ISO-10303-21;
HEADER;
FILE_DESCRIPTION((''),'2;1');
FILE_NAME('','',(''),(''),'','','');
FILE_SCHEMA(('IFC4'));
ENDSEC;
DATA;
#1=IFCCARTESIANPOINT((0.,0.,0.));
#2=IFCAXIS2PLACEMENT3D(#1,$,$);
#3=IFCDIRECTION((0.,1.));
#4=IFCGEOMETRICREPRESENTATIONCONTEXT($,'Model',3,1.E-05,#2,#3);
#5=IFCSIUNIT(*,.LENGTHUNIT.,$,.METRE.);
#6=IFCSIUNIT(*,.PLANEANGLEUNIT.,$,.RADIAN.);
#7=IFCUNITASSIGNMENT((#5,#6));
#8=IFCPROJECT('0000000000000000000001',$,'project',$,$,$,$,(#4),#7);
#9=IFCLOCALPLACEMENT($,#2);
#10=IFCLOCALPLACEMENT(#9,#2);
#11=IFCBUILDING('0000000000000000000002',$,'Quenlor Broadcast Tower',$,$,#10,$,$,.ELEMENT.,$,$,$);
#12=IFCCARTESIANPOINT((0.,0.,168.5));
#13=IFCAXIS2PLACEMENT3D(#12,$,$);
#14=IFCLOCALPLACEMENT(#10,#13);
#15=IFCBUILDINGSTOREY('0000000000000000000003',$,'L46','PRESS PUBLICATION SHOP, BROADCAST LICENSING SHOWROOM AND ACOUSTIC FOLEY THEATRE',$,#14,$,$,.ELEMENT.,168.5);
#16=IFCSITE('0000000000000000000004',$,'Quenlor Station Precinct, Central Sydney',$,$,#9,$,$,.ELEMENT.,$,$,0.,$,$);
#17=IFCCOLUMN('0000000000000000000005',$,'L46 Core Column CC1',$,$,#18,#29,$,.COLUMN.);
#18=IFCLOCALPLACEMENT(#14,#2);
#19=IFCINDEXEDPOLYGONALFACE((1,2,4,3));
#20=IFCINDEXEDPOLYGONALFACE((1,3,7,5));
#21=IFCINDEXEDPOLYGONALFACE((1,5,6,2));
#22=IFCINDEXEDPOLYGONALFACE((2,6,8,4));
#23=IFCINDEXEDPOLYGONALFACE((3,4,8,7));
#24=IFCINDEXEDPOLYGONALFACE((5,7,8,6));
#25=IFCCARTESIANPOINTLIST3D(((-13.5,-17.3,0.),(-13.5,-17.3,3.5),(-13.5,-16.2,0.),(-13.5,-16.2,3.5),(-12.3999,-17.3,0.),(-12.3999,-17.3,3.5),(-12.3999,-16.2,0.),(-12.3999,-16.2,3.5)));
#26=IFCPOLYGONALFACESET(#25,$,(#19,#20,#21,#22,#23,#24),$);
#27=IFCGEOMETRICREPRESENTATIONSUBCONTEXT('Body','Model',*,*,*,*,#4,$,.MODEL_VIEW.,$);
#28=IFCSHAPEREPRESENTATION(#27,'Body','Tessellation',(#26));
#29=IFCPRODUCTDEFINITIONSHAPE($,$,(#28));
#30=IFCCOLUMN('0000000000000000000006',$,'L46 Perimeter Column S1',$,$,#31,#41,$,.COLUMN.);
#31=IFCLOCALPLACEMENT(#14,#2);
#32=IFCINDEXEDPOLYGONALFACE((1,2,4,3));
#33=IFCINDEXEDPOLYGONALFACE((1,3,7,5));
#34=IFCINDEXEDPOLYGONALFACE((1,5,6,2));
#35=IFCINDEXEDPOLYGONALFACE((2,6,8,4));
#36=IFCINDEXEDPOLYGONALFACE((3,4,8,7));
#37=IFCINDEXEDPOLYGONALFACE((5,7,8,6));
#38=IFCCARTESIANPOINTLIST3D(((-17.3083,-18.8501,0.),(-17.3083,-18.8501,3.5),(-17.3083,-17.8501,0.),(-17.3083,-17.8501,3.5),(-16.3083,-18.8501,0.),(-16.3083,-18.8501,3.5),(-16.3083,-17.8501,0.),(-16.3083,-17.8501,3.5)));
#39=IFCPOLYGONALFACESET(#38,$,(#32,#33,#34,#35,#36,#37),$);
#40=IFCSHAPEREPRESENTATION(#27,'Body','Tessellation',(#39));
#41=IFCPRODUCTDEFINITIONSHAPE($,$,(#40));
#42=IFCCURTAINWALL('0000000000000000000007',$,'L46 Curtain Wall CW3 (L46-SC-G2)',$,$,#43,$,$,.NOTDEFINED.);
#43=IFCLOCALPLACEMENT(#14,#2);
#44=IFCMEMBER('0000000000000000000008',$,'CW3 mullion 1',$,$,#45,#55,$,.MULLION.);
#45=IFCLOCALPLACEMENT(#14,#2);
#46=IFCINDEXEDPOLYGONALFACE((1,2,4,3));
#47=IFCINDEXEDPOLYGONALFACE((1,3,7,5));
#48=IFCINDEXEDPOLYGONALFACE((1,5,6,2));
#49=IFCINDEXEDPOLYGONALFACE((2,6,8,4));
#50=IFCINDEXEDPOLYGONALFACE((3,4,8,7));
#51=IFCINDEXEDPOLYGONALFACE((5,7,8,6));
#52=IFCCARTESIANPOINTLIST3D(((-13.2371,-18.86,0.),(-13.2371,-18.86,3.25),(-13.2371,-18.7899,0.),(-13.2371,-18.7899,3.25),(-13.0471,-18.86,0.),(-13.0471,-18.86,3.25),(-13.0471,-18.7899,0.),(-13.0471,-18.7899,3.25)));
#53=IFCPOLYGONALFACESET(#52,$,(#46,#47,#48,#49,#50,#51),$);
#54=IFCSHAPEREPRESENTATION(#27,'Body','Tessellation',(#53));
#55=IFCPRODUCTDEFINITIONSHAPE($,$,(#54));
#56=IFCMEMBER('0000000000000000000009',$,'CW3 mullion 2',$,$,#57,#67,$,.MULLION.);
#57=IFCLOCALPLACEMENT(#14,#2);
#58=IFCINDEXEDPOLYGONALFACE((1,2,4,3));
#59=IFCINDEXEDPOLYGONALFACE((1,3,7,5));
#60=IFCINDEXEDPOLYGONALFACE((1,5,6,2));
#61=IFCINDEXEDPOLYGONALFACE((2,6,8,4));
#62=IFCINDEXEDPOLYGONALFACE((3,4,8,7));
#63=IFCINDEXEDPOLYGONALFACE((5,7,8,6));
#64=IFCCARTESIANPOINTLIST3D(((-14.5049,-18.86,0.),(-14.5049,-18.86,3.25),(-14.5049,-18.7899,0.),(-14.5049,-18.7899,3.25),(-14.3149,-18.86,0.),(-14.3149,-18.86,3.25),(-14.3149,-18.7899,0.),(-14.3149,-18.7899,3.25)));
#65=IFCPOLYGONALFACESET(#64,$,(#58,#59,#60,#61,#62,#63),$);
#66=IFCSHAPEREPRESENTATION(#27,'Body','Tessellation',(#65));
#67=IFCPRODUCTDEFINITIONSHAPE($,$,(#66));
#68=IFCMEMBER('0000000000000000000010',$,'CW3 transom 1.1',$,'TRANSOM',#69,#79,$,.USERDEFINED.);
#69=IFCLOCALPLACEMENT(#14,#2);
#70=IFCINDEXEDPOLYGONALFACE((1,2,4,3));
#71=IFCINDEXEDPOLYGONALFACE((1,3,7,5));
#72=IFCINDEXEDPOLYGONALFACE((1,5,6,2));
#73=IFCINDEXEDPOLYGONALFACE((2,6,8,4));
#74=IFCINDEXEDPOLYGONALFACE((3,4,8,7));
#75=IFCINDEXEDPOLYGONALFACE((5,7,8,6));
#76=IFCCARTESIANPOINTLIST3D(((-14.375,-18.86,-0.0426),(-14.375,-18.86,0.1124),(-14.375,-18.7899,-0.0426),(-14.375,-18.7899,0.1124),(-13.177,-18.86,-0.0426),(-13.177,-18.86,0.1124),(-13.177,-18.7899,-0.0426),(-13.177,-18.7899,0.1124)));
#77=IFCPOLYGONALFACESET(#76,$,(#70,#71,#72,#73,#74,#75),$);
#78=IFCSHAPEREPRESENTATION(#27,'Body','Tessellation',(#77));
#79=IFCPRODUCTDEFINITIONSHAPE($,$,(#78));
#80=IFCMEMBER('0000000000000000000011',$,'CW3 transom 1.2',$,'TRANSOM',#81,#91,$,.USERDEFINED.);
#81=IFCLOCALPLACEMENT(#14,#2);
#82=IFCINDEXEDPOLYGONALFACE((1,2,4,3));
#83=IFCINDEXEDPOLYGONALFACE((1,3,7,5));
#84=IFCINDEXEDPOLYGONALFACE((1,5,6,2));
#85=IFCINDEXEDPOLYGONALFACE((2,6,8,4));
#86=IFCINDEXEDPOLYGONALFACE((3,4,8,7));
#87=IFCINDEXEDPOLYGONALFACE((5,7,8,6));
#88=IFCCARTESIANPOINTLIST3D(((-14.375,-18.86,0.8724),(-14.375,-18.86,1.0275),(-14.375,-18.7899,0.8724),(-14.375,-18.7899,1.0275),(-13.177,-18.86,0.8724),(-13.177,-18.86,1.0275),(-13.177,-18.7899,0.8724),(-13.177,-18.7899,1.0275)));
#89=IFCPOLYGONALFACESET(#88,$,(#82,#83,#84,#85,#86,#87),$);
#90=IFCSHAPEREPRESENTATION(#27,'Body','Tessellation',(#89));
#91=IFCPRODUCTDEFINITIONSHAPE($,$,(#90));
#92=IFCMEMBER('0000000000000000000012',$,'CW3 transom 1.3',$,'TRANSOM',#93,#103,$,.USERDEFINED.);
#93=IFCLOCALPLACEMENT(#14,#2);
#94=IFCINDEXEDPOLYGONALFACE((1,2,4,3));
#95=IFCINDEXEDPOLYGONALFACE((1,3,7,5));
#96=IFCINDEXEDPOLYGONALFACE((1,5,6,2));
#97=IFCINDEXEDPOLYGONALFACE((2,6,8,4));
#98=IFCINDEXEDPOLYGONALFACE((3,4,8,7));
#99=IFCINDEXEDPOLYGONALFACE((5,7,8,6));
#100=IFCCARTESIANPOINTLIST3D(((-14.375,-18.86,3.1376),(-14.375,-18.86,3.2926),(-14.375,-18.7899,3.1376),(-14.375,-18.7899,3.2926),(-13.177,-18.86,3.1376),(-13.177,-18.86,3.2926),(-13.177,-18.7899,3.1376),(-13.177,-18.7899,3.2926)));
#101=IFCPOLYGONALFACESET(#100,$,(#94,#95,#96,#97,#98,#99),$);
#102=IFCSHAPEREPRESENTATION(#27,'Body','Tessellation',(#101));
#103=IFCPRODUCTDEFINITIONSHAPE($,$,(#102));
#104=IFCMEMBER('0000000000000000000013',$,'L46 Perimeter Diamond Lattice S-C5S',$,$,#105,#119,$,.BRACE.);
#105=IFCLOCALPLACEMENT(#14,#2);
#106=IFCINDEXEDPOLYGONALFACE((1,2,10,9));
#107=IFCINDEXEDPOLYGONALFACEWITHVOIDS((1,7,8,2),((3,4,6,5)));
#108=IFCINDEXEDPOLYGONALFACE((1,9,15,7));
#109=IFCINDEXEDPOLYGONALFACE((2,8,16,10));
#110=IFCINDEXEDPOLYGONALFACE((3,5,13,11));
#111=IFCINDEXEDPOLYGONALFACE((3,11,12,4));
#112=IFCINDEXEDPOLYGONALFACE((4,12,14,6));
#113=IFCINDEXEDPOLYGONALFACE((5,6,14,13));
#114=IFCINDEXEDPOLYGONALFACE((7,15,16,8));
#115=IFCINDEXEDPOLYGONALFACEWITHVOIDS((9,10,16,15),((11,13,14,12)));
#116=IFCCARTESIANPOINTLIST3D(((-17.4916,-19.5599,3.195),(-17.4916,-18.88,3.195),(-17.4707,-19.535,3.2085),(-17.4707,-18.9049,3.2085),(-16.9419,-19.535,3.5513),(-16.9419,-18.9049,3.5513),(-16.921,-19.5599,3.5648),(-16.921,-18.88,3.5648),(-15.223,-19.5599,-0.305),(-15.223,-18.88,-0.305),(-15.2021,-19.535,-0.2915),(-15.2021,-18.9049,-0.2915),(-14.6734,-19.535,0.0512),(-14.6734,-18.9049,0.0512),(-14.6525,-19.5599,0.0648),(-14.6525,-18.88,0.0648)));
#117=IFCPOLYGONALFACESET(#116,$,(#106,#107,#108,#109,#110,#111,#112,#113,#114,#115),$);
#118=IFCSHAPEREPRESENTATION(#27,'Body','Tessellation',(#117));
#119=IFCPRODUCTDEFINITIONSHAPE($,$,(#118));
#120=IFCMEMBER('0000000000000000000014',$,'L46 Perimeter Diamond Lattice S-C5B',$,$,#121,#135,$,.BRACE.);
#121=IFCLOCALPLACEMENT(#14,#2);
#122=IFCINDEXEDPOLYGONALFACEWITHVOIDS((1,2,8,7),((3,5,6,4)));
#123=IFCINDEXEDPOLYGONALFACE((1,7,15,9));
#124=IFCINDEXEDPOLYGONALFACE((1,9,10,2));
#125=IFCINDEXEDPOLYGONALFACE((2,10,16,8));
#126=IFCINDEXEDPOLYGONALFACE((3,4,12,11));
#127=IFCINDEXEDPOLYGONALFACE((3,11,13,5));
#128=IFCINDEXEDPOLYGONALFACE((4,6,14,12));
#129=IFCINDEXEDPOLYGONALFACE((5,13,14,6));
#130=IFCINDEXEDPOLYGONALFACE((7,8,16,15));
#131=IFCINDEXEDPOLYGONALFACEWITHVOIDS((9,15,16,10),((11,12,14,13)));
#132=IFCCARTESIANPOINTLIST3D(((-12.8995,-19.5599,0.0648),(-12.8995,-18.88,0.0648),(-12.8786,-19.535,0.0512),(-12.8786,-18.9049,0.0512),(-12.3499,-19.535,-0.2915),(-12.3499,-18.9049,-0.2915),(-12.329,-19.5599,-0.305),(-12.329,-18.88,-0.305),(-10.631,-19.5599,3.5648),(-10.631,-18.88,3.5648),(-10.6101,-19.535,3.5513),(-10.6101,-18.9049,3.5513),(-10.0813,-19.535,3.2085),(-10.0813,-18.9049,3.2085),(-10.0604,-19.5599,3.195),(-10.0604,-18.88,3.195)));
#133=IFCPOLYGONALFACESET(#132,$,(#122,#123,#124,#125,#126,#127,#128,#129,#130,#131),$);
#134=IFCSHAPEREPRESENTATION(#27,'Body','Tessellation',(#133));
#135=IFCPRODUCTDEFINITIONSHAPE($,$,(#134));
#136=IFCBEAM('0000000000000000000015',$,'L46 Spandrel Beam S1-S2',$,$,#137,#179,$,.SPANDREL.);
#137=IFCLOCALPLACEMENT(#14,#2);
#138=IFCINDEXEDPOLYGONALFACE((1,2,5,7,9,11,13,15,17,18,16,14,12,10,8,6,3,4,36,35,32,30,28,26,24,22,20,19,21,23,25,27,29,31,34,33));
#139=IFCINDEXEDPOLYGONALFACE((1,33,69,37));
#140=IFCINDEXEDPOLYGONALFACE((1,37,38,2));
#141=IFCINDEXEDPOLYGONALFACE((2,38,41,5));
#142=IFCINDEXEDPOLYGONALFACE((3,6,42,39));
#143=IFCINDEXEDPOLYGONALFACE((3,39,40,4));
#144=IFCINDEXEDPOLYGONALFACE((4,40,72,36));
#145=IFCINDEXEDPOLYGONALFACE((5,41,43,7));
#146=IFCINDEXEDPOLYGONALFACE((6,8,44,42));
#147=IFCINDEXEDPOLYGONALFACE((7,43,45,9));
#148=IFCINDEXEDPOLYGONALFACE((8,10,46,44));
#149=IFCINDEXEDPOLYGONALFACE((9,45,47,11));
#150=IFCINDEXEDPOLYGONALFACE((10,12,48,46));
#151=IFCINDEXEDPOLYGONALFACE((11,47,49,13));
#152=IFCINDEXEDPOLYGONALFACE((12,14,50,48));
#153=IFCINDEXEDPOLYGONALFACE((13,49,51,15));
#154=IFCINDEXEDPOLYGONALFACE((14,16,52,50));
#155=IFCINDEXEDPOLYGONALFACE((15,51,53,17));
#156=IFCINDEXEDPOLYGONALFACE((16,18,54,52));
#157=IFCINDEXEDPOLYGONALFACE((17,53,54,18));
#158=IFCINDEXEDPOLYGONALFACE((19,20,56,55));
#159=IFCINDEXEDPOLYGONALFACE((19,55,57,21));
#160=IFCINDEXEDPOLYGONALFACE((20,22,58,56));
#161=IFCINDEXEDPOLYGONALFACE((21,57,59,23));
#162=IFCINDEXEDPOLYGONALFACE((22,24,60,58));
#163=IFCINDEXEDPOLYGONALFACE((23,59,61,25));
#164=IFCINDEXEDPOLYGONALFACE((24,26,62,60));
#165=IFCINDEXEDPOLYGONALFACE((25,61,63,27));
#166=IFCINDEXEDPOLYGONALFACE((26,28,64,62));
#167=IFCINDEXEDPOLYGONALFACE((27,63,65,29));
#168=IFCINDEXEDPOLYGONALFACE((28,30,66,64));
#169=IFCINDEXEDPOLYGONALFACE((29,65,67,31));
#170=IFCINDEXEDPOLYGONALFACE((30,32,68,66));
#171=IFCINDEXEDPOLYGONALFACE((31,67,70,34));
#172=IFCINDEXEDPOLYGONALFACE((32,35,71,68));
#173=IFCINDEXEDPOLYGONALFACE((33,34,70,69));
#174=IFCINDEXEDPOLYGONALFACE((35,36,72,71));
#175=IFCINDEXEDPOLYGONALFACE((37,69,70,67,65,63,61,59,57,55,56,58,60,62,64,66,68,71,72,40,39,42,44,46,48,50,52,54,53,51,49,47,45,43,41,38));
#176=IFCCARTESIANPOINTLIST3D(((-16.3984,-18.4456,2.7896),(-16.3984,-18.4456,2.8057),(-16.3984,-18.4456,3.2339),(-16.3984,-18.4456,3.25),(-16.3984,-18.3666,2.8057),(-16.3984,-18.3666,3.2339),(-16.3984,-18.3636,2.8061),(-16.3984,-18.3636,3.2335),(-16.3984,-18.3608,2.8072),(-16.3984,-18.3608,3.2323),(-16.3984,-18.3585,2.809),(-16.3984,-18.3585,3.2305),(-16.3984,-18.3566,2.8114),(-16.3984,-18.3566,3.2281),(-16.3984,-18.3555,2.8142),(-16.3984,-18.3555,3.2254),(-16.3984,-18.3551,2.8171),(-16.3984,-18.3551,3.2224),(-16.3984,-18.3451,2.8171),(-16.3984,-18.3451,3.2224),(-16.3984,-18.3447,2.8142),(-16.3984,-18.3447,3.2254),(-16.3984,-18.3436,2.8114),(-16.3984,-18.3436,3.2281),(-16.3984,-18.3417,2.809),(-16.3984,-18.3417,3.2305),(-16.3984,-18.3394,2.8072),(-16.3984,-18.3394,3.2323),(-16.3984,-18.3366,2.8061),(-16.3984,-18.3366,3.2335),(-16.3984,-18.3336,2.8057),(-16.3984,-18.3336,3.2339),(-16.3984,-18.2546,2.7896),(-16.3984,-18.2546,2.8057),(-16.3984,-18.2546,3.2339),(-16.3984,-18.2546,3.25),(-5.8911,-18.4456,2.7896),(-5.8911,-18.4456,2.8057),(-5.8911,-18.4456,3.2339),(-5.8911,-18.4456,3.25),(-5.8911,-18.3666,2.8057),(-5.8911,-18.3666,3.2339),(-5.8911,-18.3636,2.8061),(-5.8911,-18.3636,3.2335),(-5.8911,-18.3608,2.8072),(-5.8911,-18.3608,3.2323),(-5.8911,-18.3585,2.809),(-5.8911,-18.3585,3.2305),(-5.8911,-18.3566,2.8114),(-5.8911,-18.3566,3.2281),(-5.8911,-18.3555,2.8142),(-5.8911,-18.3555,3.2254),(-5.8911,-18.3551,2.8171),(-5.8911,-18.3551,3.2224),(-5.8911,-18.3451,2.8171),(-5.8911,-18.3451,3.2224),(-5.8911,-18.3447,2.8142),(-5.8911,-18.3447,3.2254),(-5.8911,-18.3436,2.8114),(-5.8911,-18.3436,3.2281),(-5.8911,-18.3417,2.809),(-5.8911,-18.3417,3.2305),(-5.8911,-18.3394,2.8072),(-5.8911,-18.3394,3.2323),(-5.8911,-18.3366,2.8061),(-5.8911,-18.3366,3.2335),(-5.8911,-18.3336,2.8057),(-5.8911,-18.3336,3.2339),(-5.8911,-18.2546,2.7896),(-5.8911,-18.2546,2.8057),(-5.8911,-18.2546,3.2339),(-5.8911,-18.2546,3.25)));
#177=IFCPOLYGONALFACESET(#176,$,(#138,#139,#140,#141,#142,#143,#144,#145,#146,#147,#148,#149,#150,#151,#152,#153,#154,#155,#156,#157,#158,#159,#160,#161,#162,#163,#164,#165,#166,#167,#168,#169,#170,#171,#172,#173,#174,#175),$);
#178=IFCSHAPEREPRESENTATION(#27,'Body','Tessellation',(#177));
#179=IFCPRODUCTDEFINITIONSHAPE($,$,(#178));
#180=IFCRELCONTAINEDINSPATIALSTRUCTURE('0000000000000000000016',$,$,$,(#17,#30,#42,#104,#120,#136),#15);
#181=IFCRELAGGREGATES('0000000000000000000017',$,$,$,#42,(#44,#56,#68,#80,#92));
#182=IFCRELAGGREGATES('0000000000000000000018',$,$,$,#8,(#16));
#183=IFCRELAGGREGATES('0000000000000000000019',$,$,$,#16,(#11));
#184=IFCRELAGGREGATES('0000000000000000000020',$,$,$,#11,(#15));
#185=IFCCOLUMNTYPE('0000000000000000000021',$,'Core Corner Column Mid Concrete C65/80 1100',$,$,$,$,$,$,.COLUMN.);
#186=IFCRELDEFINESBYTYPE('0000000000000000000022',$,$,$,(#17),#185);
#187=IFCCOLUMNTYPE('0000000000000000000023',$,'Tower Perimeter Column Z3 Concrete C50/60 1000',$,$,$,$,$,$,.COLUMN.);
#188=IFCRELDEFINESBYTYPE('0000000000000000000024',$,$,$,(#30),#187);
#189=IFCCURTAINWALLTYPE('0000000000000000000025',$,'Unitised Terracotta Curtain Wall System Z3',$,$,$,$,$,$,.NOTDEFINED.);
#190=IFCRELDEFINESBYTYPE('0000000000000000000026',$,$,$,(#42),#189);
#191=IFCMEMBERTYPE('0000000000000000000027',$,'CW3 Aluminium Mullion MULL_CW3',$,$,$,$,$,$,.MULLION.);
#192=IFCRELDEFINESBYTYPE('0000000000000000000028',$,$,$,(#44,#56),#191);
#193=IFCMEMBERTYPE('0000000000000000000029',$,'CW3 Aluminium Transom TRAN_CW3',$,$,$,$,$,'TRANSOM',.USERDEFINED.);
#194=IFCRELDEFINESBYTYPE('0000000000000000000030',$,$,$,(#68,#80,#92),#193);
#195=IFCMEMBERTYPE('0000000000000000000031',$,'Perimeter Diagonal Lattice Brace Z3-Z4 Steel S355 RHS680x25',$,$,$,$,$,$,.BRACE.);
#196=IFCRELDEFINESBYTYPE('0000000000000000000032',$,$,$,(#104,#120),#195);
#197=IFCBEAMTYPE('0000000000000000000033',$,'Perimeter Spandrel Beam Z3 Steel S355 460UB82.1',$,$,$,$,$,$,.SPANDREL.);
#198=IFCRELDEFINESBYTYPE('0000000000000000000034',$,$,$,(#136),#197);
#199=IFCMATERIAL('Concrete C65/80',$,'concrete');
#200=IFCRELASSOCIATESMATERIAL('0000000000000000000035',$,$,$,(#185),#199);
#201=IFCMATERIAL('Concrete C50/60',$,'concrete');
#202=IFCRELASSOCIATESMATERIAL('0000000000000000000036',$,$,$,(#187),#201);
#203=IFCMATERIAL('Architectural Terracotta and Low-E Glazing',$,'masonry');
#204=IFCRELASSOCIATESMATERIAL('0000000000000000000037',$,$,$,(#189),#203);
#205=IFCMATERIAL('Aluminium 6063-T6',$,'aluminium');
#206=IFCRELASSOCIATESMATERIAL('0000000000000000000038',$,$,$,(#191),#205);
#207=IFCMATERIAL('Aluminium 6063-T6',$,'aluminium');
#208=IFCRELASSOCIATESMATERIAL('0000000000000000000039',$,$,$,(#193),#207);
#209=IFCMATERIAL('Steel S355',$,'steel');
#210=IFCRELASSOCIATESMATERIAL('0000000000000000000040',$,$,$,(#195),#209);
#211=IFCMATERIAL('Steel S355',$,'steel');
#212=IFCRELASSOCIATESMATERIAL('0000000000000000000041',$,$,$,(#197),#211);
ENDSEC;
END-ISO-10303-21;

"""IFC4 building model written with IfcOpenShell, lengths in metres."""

from ifc_helpers import new_model, si_unit, direction, frame, origin, origin_2d, place, context, subcontext, project, spatial, rectangle, hollow_rectangle, i_section, extrude, material, material_profile, profile_set, type_object, element, aggregate, save


model = new_model("IFC4")

# Units and contexts
model_context = context("Model", 3, precision=1e-05, world=origin(), true_north=direction((0.0, 1.0)))
body_context = subcontext(model_context, "Body", "Model", "MODEL_VIEW")
ifc_project = project(units=[si_unit("LENGTHUNIT", "METRE"), si_unit("PLANEANGLEUNIT", "RADIAN")], contexts=[model_context])

# Site, building, storey
site_placement = place(None, origin())
site = spatial("IfcSite", under=ifc_project, at=site_placement, Name="Quenlor Station Precinct, Central Sydney", CompositionType="ELEMENT", RefElevation=0.0)
building_placement = place(site_placement, origin())
building = spatial("IfcBuilding", under=site, at=building_placement, Name="Quenlor Broadcast Tower", CompositionType="ELEMENT")
storey_placement = place(building_placement, frame((0.0, 0.0, 168.5)))
storey = spatial("IfcBuildingStorey", under=building, at=storey_placement, Name="L46", Description="PRESS PUBLICATION SHOP, BROADCAST LICENSING SHOWROOM AND ACOUSTIC FOLEY THEATRE", CompositionType="ELEMENT", Elevation=168.5)

# Columns
ifc_material_1 = material(Name="Concrete C65/80", Category="concrete")
ifc_material_profile_1 = material_profile(ifc_material_1, rectangle(XDim=1.1001, YDim=1.1001, at=origin_2d()))
ifc_profile_set_1 = profile_set([ifc_material_profile_1], Name="Concrete C65/80 RC1100x1100")
column_type_1 = type_object("IfcColumnType", Name="Core Corner Column Mid Concrete C65/80 1100", PredefinedType="COLUMN", material=ifc_profile_set_1)
column_1_placement = place(storey_placement, frame((-12.95, -16.75, 0.0), z_axis=(0.0, 0.0, 1.0), x_axis=(1.0, 0.0, 0.0)))
element("IfcColumn", 1, at=column_1_placement, inside=storey, type_object=column_type_1, Name="L46 Core Column CC1", PredefinedType="COLUMN", context=body_context, shape_type="SweptSolid", body=[
    extrude(rectangle(XDim=1.1001, YDim=1.1001, at=origin_2d()), origin(), (0.0, 0.0, 1.0), 3.5),
])
ifc_material_2 = material(Name="Concrete C50/60", Category="concrete")
ifc_material_profile_2 = material_profile(ifc_material_2, rectangle(XDim=1.0, YDim=1.0, at=origin_2d()))
ifc_profile_set_2 = profile_set([ifc_material_profile_2], Name="Concrete C50/60 RC1000x1000")
column_type_2 = type_object("IfcColumnType", Name="Tower Perimeter Column Z3 Concrete C50/60 1000", PredefinedType="COLUMN", material=ifc_profile_set_2)
column_2_placement = place(storey_placement, frame((-16.8083, -18.3501, 0.0), z_axis=(0.0, 0.0, 1.0), x_axis=(0.0, 1.0, 0.0)))
element("IfcColumn", 2, at=column_2_placement, inside=storey, type_object=column_type_2, Name="L46 Perimeter Column S1", PredefinedType="COLUMN", context=body_context, shape_type="SweptSolid", body=[
    extrude(rectangle(XDim=1.0, YDim=1.0, at=origin_2d()), origin(), (0.0, 0.0, 1.0), 3.5),
])

# Curtain wall, members
ifc_material_3 = material(Name="Architectural Terracotta and Low-E Glazing", Category="masonry")
curtain_wall_type = type_object("IfcCurtainWallType", Name="Unitised Terracotta Curtain Wall System Z3", PredefinedType="NOTDEFINED", material=ifc_material_3)
curtain_wall_placement = place(storey_placement, origin())
curtain_wall = element("IfcCurtainWall", 3, at=curtain_wall_placement, inside=storey, type_object=curtain_wall_type, Name="L46 Curtain Wall CW3 (L46-SC-G2)", PredefinedType="NOTDEFINED")
ifc_material_4 = material(Name="Aluminium 6063-T6", Category="aluminium")
ifc_material_profile_3 = material_profile(ifc_material_4, rectangle(XDim=0.0701, YDim=0.1899, at=origin_2d()))
ifc_profile_set_3 = profile_set([ifc_material_profile_3], Name="Aluminium 6063-T6 MULL70x190")
member_type_1 = type_object("IfcMemberType", Name="CW3 Aluminium Mullion MULL_CW3", PredefinedType="MULLION", material=ifc_profile_set_3)
member_1_placement = place(storey_placement, frame((-13.1421, -18.825, 0.0), z_axis=(0.0, 0.0, 1.0), x_axis=(0.0, -1.0, 0.0)))
member_1 = element("IfcMember", 4, at=member_1_placement, type_object=member_type_1, Name="CW3 mullion 1", PredefinedType="MULLION", context=body_context, shape_type="SweptSolid", body=[
    extrude(rectangle(XDim=0.0701, YDim=0.1899, at=origin_2d()), origin(), (0.0, 0.0, 1.0), 3.25),
])
member_2_placement = place(storey_placement, frame((-14.4099, -18.825, 0.0), z_axis=(0.0, 0.0, 1.0), x_axis=(0.0, -1.0, 0.0)))
member_2 = element("IfcMember", 5, at=member_2_placement, type_object=member_type_1, Name="CW3 mullion 2", PredefinedType="MULLION", context=body_context, shape_type="SweptSolid", body=[
    extrude(rectangle(XDim=0.0701, YDim=0.1899, at=origin_2d()), origin(), (0.0, 0.0, 1.0), 3.25),
])
ifc_material_5 = material(Name="Aluminium 6063-T6", Category="aluminium")
ifc_material_profile_4 = material_profile(ifc_material_5, rectangle(XDim=0.0701, YDim=0.155, at=origin_2d()))
ifc_profile_set_4 = profile_set([ifc_material_profile_4], Name="Aluminium 6063-T6 TRAN70x155")
member_type_2 = type_object("IfcMemberType", Name="CW3 Aluminium Transom TRAN_CW3", ElementType="TRANSOM", PredefinedType="USERDEFINED", material=ifc_profile_set_4)
member_3_placement = place(storey_placement, frame((-13.177, -18.825, 0.0349), z_axis=(-1.0, 0.0, 0.0), x_axis=(0.0, -1.0, 0.0)))
member_3 = element("IfcMember", 6, at=member_3_placement, type_object=member_type_2, Name="CW3 transom 1.1", ObjectType="TRANSOM", PredefinedType="USERDEFINED", context=body_context, shape_type="SweptSolid", body=[
    extrude(rectangle(XDim=0.0701, YDim=0.155, at=origin_2d()), origin(), (0.0, 0.0, 1.0), 1.198),
])
member_4_placement = place(storey_placement, frame((-13.177, -18.825, 0.95), z_axis=(-1.0, 0.0, 0.0), x_axis=(0.0, -1.0, 0.0)))
member_4 = element("IfcMember", 7, at=member_4_placement, type_object=member_type_2, Name="CW3 transom 1.2", ObjectType="TRANSOM", PredefinedType="USERDEFINED", context=body_context, shape_type="SweptSolid", body=[
    extrude(rectangle(XDim=0.0701, YDim=0.155, at=origin_2d()), origin(), (0.0, 0.0, 1.0), 1.198),
])
member_5_placement = place(storey_placement, frame((-13.177, -18.825, 3.2151), z_axis=(-1.0, 0.0, 0.0), x_axis=(0.0, -1.0, 0.0)))
member_5 = element("IfcMember", 8, at=member_5_placement, type_object=member_type_2, Name="CW3 transom 1.3", ObjectType="TRANSOM", PredefinedType="USERDEFINED", context=body_context, shape_type="SweptSolid", body=[
    extrude(rectangle(XDim=0.0701, YDim=0.155, at=origin_2d()), origin(), (0.0, 0.0, 1.0), 1.198),
])

# Members
ifc_material_6 = material(Name="Steel S355", Category="steel")
ifc_material_profile_5 = material_profile(ifc_material_6, hollow_rectangle(XDim=0.6799, YDim=0.6799, WallThickness=0.0249, at=origin_2d()))
ifc_profile_set_5 = profile_set([ifc_material_profile_5], Name="Steel S355 RHS680x680x25")
member_type_3 = type_object("IfcMemberType", Name="Perimeter Diagonal Lattice Brace Z3-Z4 Steel S355 RHS680x25", PredefinedType="BRACE", material=ifc_profile_set_5)
for number, where, z_axis, x_axis, name in (
    (9, (-14.9377, -19.22, -0.1201), (-0.543902, 0.0, 0.839149), (0.0, -1.0, 0.0), "L46 Perimeter Diamond Lattice S-C5S"),
    (10, (-12.6143, -19.22, -0.1201), (0.543902, 0.0, 0.839149), (0.0, 1.0, 0.0), "L46 Perimeter Diamond Lattice S-C5B"),
):
    element("IfcMember", number, at=place(storey_placement, frame(where, z_axis=z_axis, x_axis=x_axis)), inside=storey, type_object=member_type_3, Name=name, PredefinedType="BRACE", context=body_context, shape_type="SweptSolid", body=[
        extrude(hollow_rectangle(XDim=0.6799, YDim=0.6799, WallThickness=0.0249, at=origin_2d()), origin(), (0.0, 0.0, 1.0), 4.1709),
    ])

# Beam
ifc_material_7 = material(Name="Steel S355", Category="steel")
ifc_material_profile_6 = material_profile(ifc_material_7, i_section(OverallWidth=0.1909, OverallDepth=0.4604, WebThickness=0.01, FlangeThickness=0.0161, FilletRadius=0.0115, at=origin_2d()))
ifc_profile_set_6 = profile_set([ifc_material_profile_6], Name="Steel S355 460UB82.1")
beam_type_1 = type_object("IfcBeamType", Name="Perimeter Spandrel Beam Z3 Steel S355 460UB82.1", PredefinedType="SPANDREL", material=ifc_profile_set_6)
beam_1_placement = place(storey_placement, frame((-16.3984, -18.3501, 3.0198), z_axis=(1.0, 0.0, 0.0), x_axis=(0.0, 1.0, 0.0)))
element("IfcBeam", 11, at=beam_1_placement, inside=storey, type_object=beam_type_1, Name="L46 Spandrel Beam S1-S2", PredefinedType="SPANDREL", context=body_context, shape_type="SweptSolid", body=[
    extrude(i_section(OverallWidth=0.1909, OverallDepth=0.4604, WebThickness=0.01, FlangeThickness=0.0161, FilletRadius=0.0115, at=origin_2d()), origin(), (0.0, 0.0, 1.0), 10.5073),
])

aggregate(curtain_wall, [member_1, member_2, member_3, member_4, member_5])

save(model, "model.ifc")
